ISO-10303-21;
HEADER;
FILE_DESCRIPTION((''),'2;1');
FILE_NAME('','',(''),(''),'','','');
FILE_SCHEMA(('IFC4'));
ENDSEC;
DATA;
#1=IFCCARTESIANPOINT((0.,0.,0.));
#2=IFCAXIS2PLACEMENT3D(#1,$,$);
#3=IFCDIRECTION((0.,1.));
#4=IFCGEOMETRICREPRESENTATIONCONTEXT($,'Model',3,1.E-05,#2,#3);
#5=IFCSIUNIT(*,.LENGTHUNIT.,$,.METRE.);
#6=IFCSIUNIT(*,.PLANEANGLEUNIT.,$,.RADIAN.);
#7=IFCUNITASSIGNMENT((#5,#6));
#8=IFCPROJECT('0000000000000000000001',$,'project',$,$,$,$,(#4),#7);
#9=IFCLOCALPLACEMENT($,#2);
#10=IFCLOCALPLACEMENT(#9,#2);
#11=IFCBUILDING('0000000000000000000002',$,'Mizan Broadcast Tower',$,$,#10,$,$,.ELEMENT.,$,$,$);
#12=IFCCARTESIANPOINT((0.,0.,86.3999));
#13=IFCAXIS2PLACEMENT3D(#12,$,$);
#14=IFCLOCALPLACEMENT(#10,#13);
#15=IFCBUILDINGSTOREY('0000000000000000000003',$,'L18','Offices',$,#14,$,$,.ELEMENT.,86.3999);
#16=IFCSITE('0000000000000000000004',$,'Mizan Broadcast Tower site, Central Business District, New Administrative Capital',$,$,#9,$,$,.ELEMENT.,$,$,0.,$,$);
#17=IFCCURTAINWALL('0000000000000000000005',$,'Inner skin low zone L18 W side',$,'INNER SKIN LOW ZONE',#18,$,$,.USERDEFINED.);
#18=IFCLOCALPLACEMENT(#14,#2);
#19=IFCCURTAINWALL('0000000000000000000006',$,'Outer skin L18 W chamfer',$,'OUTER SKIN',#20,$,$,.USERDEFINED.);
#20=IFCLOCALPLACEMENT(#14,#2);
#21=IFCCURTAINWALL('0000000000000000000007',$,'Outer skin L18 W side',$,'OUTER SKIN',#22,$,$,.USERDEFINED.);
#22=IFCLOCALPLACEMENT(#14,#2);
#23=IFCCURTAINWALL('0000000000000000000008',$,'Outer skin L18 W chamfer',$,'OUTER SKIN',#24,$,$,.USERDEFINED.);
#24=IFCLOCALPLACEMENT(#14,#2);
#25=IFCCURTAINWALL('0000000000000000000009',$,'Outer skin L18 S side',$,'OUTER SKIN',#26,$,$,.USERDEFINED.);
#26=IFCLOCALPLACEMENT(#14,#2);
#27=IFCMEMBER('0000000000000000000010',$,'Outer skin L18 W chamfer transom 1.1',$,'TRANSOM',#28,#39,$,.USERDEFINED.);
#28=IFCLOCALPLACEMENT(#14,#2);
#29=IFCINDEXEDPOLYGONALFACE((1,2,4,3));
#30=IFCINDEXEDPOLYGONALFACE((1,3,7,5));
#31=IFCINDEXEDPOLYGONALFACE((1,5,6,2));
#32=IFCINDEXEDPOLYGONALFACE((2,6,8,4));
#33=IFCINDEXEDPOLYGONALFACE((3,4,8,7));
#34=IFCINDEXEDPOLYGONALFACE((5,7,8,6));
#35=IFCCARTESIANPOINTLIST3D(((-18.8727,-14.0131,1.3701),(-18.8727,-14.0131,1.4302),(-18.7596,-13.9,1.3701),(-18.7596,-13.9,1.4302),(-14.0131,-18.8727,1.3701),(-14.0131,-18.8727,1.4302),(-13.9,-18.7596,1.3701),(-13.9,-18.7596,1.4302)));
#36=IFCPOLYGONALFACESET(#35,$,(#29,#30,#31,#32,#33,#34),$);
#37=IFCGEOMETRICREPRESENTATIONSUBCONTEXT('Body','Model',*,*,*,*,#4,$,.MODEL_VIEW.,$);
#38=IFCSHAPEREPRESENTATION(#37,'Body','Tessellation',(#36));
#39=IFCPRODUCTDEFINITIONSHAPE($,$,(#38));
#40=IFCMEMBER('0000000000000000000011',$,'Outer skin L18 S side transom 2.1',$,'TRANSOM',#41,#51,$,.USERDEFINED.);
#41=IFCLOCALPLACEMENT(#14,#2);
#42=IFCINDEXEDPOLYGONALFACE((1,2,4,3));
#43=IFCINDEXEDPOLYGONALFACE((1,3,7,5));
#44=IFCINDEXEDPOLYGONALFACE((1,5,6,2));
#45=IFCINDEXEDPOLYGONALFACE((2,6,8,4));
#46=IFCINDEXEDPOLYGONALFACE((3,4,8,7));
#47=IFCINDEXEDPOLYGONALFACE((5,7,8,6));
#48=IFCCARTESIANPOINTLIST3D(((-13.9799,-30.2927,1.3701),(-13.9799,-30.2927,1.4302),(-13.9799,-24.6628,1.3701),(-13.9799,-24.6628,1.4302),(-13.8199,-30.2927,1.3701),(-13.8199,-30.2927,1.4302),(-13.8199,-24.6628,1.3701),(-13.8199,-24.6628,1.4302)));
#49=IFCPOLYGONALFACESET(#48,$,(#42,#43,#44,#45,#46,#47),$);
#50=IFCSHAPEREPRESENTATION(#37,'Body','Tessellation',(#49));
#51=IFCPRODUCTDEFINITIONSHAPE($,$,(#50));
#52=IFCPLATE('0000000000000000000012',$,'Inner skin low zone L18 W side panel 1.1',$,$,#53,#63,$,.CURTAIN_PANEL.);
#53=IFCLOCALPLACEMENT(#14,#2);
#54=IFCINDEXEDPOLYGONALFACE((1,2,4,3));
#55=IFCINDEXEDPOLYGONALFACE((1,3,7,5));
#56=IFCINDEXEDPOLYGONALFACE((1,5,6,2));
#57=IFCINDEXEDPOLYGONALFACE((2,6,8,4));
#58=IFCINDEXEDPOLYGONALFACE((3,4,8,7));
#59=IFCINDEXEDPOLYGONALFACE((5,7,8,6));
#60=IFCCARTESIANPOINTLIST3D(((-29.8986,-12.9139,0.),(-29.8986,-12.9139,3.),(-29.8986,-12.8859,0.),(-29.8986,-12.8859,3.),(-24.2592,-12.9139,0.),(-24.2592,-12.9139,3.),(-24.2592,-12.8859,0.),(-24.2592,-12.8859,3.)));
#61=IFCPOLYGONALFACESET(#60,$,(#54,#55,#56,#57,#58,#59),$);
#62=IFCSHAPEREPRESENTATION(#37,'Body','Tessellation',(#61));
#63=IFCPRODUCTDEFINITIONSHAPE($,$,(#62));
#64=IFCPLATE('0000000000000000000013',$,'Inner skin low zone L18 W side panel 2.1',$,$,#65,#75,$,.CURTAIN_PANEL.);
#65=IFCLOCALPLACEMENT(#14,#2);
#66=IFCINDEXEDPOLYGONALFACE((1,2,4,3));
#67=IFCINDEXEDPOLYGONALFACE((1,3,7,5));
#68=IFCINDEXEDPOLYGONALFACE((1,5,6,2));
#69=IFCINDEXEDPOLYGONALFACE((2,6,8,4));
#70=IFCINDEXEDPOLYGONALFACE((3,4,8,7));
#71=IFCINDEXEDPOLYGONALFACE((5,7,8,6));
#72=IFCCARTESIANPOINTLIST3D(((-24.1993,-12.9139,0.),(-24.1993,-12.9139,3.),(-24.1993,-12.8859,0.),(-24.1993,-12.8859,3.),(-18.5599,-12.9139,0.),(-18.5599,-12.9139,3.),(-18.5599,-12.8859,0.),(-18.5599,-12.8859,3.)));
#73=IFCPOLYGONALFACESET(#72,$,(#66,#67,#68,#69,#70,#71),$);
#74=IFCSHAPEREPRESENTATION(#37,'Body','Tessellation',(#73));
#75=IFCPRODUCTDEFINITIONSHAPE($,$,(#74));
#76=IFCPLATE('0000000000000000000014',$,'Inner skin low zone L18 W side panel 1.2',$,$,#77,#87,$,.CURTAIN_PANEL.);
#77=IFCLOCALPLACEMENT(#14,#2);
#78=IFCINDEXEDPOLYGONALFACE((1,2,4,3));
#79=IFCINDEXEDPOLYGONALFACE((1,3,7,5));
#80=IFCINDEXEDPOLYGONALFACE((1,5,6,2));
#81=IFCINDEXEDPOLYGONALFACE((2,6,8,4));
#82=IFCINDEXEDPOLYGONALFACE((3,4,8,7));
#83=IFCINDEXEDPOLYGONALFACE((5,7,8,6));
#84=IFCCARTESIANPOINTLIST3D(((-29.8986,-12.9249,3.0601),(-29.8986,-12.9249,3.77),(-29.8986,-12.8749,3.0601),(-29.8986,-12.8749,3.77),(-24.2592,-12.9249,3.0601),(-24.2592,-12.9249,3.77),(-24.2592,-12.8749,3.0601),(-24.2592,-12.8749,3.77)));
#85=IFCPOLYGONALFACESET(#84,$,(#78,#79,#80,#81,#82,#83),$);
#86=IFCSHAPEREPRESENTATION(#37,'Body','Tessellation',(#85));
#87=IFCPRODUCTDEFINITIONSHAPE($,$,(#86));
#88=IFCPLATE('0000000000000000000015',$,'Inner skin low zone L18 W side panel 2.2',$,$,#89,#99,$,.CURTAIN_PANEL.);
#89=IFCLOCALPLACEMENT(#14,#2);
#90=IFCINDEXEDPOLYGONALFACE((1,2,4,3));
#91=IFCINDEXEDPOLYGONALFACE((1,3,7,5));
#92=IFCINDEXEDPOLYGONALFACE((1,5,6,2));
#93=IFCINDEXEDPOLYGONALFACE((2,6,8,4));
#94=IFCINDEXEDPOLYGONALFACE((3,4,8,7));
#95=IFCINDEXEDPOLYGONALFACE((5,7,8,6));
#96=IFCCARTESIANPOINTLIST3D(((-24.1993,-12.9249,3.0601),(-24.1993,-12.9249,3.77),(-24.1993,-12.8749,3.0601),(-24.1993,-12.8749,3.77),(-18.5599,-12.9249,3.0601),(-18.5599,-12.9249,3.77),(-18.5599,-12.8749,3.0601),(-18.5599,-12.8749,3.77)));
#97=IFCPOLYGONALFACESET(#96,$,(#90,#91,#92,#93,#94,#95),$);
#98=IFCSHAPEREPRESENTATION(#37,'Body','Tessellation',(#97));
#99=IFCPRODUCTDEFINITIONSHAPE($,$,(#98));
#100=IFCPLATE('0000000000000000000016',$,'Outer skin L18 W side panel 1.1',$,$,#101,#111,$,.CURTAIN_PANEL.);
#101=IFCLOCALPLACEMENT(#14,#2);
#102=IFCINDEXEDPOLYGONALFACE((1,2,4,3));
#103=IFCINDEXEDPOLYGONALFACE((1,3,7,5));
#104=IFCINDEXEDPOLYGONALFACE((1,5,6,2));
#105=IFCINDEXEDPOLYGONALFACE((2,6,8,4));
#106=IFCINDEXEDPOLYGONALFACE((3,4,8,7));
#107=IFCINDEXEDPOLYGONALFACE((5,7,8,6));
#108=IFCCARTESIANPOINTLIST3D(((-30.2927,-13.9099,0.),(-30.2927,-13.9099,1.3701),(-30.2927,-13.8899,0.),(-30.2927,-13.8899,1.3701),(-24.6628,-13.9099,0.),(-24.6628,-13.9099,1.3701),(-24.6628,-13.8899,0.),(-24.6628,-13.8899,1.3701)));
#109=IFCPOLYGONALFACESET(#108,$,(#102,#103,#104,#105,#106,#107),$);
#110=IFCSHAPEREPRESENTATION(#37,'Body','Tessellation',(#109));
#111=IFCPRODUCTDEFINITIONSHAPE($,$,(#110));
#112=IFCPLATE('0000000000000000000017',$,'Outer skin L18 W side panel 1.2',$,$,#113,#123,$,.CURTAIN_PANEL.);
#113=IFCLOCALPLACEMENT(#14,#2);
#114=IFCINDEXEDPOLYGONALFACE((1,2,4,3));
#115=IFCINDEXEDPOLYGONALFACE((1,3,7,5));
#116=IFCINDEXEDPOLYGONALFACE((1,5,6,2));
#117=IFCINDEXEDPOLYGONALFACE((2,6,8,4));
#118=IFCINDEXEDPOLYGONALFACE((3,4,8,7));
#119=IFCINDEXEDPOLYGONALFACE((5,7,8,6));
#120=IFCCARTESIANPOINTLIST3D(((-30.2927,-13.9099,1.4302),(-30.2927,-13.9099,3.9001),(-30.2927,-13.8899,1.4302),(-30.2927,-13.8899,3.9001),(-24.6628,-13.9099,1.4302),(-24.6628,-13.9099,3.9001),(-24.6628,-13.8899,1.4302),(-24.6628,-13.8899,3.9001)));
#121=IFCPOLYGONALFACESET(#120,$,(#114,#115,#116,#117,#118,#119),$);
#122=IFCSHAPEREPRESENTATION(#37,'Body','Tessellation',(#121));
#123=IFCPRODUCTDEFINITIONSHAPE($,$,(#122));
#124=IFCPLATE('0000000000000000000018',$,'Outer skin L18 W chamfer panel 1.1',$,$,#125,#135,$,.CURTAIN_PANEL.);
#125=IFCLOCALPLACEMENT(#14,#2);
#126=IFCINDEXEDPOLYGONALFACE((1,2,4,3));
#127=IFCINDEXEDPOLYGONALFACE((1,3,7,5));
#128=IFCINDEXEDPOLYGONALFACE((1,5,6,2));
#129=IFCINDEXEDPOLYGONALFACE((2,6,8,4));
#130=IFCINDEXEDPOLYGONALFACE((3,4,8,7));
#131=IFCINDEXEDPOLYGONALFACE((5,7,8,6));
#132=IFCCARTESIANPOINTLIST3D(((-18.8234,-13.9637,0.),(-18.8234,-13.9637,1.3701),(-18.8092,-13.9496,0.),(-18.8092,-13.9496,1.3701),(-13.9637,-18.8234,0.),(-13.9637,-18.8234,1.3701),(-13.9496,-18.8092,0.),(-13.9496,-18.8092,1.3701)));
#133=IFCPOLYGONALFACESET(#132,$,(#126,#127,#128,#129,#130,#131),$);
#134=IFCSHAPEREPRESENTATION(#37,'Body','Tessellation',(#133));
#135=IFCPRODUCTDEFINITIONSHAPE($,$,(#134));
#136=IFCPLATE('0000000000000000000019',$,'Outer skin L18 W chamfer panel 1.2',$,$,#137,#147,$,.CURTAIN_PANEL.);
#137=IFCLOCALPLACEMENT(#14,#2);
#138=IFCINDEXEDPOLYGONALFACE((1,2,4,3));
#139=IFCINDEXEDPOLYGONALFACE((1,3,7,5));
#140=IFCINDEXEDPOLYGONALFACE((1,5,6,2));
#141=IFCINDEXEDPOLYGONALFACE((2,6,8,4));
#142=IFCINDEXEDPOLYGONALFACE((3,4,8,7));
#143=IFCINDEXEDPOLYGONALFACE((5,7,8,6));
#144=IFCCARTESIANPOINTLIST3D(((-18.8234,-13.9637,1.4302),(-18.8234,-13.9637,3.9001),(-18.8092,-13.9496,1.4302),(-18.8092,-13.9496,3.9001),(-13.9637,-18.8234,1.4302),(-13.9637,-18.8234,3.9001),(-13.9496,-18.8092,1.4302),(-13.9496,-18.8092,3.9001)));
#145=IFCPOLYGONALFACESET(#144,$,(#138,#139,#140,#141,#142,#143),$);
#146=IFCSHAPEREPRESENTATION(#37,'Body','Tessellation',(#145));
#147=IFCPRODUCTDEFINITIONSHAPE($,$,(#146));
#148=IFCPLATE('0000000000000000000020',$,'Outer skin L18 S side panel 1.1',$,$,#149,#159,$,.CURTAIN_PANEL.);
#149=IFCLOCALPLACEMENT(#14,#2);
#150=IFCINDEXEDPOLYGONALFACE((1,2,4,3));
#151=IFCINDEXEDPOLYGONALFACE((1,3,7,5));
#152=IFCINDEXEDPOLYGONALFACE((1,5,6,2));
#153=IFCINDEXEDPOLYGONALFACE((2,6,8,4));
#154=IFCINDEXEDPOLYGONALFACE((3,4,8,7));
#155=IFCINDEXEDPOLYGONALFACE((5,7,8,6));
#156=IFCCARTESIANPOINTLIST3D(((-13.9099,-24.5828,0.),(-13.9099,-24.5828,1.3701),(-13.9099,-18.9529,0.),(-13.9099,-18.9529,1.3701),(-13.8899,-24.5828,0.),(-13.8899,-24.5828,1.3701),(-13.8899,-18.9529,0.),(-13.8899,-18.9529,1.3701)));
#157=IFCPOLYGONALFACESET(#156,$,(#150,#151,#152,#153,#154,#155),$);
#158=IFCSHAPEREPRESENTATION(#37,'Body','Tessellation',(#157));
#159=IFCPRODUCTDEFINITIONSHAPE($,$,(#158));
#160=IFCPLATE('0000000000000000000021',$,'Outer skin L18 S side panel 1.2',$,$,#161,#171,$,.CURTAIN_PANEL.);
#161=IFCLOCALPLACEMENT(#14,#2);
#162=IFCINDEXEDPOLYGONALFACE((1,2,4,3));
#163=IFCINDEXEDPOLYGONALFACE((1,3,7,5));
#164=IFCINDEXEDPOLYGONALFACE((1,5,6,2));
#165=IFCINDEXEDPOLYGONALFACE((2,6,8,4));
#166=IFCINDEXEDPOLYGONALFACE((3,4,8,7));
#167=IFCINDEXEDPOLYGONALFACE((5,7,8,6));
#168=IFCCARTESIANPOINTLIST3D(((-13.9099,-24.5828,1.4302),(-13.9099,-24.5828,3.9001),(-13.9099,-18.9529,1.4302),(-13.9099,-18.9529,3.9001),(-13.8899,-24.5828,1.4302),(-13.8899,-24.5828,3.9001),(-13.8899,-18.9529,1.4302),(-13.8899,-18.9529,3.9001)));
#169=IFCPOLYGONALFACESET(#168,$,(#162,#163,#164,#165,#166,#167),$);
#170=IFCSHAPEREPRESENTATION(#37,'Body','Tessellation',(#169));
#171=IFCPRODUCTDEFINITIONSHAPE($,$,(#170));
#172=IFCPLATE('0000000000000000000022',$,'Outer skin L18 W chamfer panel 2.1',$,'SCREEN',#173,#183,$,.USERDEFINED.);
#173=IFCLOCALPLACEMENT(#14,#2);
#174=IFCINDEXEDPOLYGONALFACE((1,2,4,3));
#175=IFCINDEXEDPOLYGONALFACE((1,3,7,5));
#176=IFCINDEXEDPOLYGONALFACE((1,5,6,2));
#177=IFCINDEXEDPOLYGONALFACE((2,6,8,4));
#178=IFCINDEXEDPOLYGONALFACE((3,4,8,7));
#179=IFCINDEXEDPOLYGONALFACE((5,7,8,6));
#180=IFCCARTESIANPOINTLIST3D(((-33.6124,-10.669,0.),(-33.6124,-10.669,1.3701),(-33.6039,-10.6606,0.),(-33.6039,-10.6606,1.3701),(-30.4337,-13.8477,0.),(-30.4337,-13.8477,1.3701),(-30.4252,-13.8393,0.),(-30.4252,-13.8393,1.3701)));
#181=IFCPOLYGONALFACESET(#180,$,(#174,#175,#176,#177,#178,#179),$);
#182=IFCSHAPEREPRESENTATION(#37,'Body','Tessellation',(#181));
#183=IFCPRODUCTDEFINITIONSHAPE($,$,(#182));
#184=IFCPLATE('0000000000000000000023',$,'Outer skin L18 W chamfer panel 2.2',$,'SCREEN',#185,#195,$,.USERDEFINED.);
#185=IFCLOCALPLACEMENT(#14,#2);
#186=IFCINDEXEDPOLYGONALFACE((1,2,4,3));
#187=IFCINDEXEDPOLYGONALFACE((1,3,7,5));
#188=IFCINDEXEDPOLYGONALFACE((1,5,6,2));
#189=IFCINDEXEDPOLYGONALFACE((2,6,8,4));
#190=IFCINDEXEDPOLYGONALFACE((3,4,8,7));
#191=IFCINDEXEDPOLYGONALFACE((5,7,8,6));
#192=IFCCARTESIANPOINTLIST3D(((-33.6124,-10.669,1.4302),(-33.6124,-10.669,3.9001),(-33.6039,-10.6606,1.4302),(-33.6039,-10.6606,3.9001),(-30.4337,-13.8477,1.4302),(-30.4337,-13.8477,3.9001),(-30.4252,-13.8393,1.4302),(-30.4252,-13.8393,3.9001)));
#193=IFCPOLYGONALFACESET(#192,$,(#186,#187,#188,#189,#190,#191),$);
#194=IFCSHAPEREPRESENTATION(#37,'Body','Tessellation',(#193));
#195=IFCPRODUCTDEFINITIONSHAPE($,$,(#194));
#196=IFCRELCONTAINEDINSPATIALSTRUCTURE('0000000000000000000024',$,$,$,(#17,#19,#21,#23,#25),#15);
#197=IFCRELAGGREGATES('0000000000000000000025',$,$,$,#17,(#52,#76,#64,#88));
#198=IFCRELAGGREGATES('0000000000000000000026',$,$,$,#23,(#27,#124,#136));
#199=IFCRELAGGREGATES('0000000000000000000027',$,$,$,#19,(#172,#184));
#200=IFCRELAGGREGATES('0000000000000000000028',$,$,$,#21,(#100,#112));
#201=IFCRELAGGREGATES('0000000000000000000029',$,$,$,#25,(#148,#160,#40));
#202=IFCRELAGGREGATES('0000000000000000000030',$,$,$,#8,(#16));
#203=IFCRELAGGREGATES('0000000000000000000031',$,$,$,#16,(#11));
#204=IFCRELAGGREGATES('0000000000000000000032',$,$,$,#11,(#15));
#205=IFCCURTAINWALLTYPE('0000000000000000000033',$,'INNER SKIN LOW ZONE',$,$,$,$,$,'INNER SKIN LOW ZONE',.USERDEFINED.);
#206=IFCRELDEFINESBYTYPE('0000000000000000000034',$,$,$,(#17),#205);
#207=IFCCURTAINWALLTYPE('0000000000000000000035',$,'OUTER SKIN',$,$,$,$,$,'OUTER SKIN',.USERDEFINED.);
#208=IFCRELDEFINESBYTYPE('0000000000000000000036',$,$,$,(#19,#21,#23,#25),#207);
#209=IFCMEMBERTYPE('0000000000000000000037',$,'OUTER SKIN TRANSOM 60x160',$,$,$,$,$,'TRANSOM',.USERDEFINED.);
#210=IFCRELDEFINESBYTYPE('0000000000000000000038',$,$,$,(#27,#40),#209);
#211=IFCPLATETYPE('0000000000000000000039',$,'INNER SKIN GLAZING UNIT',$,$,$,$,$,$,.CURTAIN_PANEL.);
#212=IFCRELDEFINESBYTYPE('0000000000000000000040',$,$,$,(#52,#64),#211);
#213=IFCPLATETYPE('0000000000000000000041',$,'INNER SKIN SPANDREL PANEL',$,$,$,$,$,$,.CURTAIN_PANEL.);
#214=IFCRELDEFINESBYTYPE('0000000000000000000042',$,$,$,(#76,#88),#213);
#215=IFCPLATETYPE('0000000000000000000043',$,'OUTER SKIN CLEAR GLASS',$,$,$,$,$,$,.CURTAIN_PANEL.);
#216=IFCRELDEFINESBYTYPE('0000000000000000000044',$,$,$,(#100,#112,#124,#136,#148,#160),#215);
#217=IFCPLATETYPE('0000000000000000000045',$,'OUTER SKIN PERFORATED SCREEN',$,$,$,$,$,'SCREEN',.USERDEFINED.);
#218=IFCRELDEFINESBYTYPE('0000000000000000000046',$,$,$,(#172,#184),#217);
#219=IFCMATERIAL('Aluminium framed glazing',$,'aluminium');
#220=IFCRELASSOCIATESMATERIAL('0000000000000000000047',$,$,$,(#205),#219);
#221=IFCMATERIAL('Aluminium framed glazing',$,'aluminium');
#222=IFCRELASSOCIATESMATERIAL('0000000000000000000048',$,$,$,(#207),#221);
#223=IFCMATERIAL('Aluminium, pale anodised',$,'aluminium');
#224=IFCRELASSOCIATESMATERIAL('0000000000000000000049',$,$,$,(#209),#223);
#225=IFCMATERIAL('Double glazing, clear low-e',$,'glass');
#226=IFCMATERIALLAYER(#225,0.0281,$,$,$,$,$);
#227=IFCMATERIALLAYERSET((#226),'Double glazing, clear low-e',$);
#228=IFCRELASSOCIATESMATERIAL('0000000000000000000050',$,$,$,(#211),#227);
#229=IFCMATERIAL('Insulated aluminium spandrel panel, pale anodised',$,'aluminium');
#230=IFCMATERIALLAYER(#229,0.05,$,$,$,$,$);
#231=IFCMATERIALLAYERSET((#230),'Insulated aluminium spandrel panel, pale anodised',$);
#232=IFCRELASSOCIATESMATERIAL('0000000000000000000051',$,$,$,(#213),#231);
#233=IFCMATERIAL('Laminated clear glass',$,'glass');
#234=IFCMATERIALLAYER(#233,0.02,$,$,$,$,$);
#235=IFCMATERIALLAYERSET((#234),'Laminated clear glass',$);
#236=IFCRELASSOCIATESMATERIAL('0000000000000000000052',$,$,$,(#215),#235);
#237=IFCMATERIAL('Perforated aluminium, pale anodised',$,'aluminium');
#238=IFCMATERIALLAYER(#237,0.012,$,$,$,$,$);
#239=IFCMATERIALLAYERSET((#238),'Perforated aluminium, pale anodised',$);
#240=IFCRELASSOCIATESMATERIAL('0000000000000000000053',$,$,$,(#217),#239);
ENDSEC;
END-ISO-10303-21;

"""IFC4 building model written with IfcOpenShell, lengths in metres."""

from ifc_helpers import new_model, si_unit, direction, frame, origin, origin_2d, place, context, subcontext, project, spatial, rectangle, extrude, material, layer, layer_set, material_profile, profile_set, type_object, element, aggregate, save


model = new_model("IFC4")

# Units and contexts
model_context = context("Model", 3, precision=1e-05, world=origin(), true_north=direction((0.0, 1.0)))
body_context = subcontext(model_context, "Body", "Model", "MODEL_VIEW")
ifc_project = project(units=[si_unit("LENGTHUNIT", "METRE"), si_unit("PLANEANGLEUNIT", "RADIAN")], contexts=[model_context])

# Site, building, storey
site_placement = place(None, origin())
site = spatial("IfcSite", under=ifc_project, at=site_placement, Name="Mizan Broadcast Tower site, Central Business District, New Administrative Capital", CompositionType="ELEMENT", RefElevation=0.0)
building_placement = place(site_placement, origin())
building = spatial("IfcBuilding", under=site, at=building_placement, Name="Mizan Broadcast Tower", CompositionType="ELEMENT")
storey_placement = place(building_placement, frame((0.0, 0.0, 86.3999)))
storey = spatial("IfcBuildingStorey", under=building, at=storey_placement, Name="L18", Description="Offices", CompositionType="ELEMENT", Elevation=86.3999)

# Shared definitions
ifc_material_1 = material(Name="Aluminium framed glazing", Category="aluminium")
curtain_wall_type_1 = type_object("IfcCurtainWallType", Name="INNER SKIN LOW ZONE", ElementType="INNER SKIN LOW ZONE", PredefinedType="USERDEFINED", material=ifc_material_1)

# Curtain wall
curtain_wall_1_placement = place(storey_placement, origin())
curtain_wall_1 = element("IfcCurtainWall", 1, at=curtain_wall_1_placement, inside=storey, type_object=curtain_wall_type_1, Name="Inner skin low zone L18 W side", ObjectType="INNER SKIN LOW ZONE", PredefinedType="USERDEFINED")

# Curtain wall
ifc_material_2 = material(Name="Aluminium framed glazing", Category="aluminium")
curtain_wall_type_2 = type_object("IfcCurtainWallType", Name="OUTER SKIN", ElementType="OUTER SKIN", PredefinedType="USERDEFINED", material=ifc_material_2)
curtain_wall_2_placement = place(storey_placement, origin())
curtain_wall_2 = element("IfcCurtainWall", 2, at=curtain_wall_2_placement, inside=storey, type_object=curtain_wall_type_2, Name="Outer skin L18 W chamfer", ObjectType="OUTER SKIN", PredefinedType="USERDEFINED")

# Curtain wall
curtain_wall_3_placement = place(storey_placement, origin())
curtain_wall_3 = element("IfcCurtainWall", 3, at=curtain_wall_3_placement, inside=storey, type_object=curtain_wall_type_2, Name="Outer skin L18 W side", ObjectType="OUTER SKIN", PredefinedType="USERDEFINED")

# Curtain wall
curtain_wall_4_placement = place(storey_placement, origin())
curtain_wall_4 = element("IfcCurtainWall", 4, at=curtain_wall_4_placement, inside=storey, type_object=curtain_wall_type_2, Name="Outer skin L18 W chamfer", ObjectType="OUTER SKIN", PredefinedType="USERDEFINED")

# Curtain wall
curtain_wall_5_placement = place(storey_placement, origin())
curtain_wall_5 = element("IfcCurtainWall", 5, at=curtain_wall_5_placement, inside=storey, type_object=curtain_wall_type_2, Name="Outer skin L18 S side", ObjectType="OUTER SKIN", PredefinedType="USERDEFINED")

# Members
ifc_material_3 = material(Name="Aluminium, pale anodised", Category="aluminium")
ifc_material_profile_1 = material_profile(ifc_material_3, rectangle(XDim=0.1599, YDim=0.0601, at=origin_2d()), Name="TRANSOM 160x60")
ifc_profile_set_1 = profile_set([ifc_material_profile_1], Name="Aluminium, pale anodised")
member_type_1 = type_object("IfcMemberType", Name="OUTER SKIN TRANSOM 60x160", ElementType="TRANSOM", PredefinedType="USERDEFINED", material=ifc_profile_set_1)
member_1_placement = place(storey_placement, frame((-18.8162, -13.9565, 1.4001), z_axis=(0.707107, -0.707107, 0.0), x_axis=(0.707107, 0.707107, 0.0)))
member_1 = element("IfcMember", 6, at=member_1_placement, type_object=member_type_1, Name="Outer skin L18 W chamfer transom 1.1", ObjectType="TRANSOM", PredefinedType="USERDEFINED", context=body_context, shape_type="SweptSolid", body=[
    extrude(rectangle(XDim=0.1599, YDim=0.0601, at=origin_2d()), origin(), (0.0, 0.0, 1.0), 6.8726),
])
member_2_placement = place(storey_placement, frame((-13.8999, -24.6628, 1.4001), z_axis=(0.0, -1.0, 0.0), x_axis=(1.0, 0.0, 0.0)))
member_2 = element("IfcMember", 7, at=member_2_placement, type_object=member_type_1, Name="Outer skin L18 S side transom 2.1", ObjectType="TRANSOM", PredefinedType="USERDEFINED", context=body_context, shape_type="SweptSolid", body=[
    extrude(rectangle(XDim=0.1599, YDim=0.0601, at=origin_2d()), origin(), (0.0, 0.0, 1.0), 5.6299),
])

# Plates
ifc_material_4 = material(Name="Double glazing, clear low-e", Category="glass")
ifc_layer_1 = layer(ifc_material_4, 0.0281)
ifc_layer_set_1 = layer_set([ifc_layer_1], Name="Double glazing, clear low-e")
plate_type_1 = type_object("IfcPlateType", Name="INNER SKIN GLAZING UNIT", PredefinedType="CURTAIN_PANEL", material=ifc_layer_set_1)
plate_1_placement = place(storey_placement, frame((-27.0789, -12.8999, 0.0), z_axis=(0.0, 0.0, 1.0), x_axis=(1.0, 0.0, 0.0)))
plate_1 = element("IfcPlate", 8, at=plate_1_placement, type_object=plate_type_1, Name="Inner skin low zone L18 W side panel 1.1", PredefinedType="CURTAIN_PANEL", context=body_context, shape_type="SweptSolid", body=[
    extrude(rectangle(XDim=5.6394, YDim=0.0281, at=origin_2d()), origin(), (0.0, 0.0, 1.0), 3.0),
])
plate_2_placement = place(storey_placement, frame((-21.3796, -12.8999, 0.0), z_axis=(0.0, 0.0, 1.0), x_axis=(1.0, 0.0, 0.0)))
plate_2 = element("IfcPlate", 9, at=plate_2_placement, type_object=plate_type_1, Name="Inner skin low zone L18 W side panel 2.1", PredefinedType="CURTAIN_PANEL", context=body_context, shape_type="SweptSolid", body=[
    extrude(rectangle(XDim=5.6394, YDim=0.0281, at=origin_2d()), origin(), (0.0, 0.0, 1.0), 3.0),
])
ifc_material_5 = material(Name="Insulated aluminium spandrel panel, pale anodised", Category="aluminium")
ifc_layer_2 = layer(ifc_material_5, 0.05)
ifc_layer_set_2 = layer_set([ifc_layer_2], Name="Insulated aluminium spandrel panel, pale anodised")
plate_type_2 = type_object("IfcPlateType", Name="INNER SKIN SPANDREL PANEL", PredefinedType="CURTAIN_PANEL", material=ifc_layer_set_2)
plate_3_placement = place(storey_placement, frame((-27.0789, -12.8999, 3.0601), z_axis=(0.0, 0.0, 1.0), x_axis=(1.0, 0.0, 0.0)))
plate_3 = element("IfcPlate", 10, at=plate_3_placement, type_object=plate_type_2, Name="Inner skin low zone L18 W side panel 1.2", PredefinedType="CURTAIN_PANEL", context=body_context, shape_type="SweptSolid", body=[
    extrude(rectangle(XDim=5.6394, YDim=0.05, at=origin_2d()), origin(), (0.0, 0.0, 1.0), 0.71),
])
plate_4_placement = place(storey_placement, frame((-21.3796, -12.8999, 3.0601), z_axis=(0.0, 0.0, 1.0), x_axis=(1.0, 0.0, 0.0)))
plate_4 = element("IfcPlate", 11, at=plate_4_placement, type_object=plate_type_2, Name="Inner skin low zone L18 W side panel 2.2", PredefinedType="CURTAIN_PANEL", context=body_context, shape_type="SweptSolid", body=[
    extrude(rectangle(XDim=5.6394, YDim=0.05, at=origin_2d()), origin(), (0.0, 0.0, 1.0), 0.71),
])
aggregate(curtain_wall_1, [plate_1, plate_3, plate_2, plate_4])
ifc_material_6 = material(Name="Laminated clear glass", Category="glass")
ifc_layer_3 = layer(ifc_material_6, 0.02)
ifc_layer_set_3 = layer_set([ifc_layer_3], Name="Laminated clear glass")
plate_type_3 = type_object("IfcPlateType", Name="OUTER SKIN CLEAR GLASS", PredefinedType="CURTAIN_PANEL", material=ifc_layer_set_3)
plate_5_placement = place(storey_placement, frame((-27.4778, -13.8999, 0.0), z_axis=(0.0, 0.0, 1.0), x_axis=(1.0, 0.0, 0.0)))
plate_5 = element("IfcPlate", 12, at=plate_5_placement, type_object=plate_type_3, Name="Outer skin L18 W side panel 1.1", PredefinedType="CURTAIN_PANEL", context=body_context, shape_type="SweptSolid", body=[
    extrude(rectangle(XDim=5.6299, YDim=0.02, at=origin_2d()), origin(), (0.0, 0.0, 1.0), 1.3701),
])
plate_6_placement = place(storey_placement, frame((-27.4778, -13.8999, 1.4302), z_axis=(0.0, 0.0, 1.0), x_axis=(1.0, 0.0, 0.0)))
plate_6 = element("IfcPlate", 13, at=plate_6_placement, type_object=plate_type_3, Name="Outer skin L18 W side panel 1.2", PredefinedType="CURTAIN_PANEL", context=body_context, shape_type="SweptSolid", body=[
    extrude(rectangle(XDim=5.6299, YDim=0.02, at=origin_2d()), origin(), (0.0, 0.0, 1.0), 2.47),
])
plate_7_placement = place(storey_placement, frame((-16.3865, -16.3865, 0.0), z_axis=(0.0, 0.0, 1.0), x_axis=(0.707107, -0.707107, 0.0)))
plate_7 = element("IfcPlate", 14, at=plate_7_placement, type_object=plate_type_3, Name="Outer skin L18 W chamfer panel 1.1", PredefinedType="CURTAIN_PANEL", context=body_context, shape_type="SweptSolid", body=[
    extrude(rectangle(XDim=6.8726, YDim=0.02, at=origin_2d()), origin(), (0.0, 0.0, 1.0), 1.3701),
])
plate_8_placement = place(storey_placement, frame((-16.3865, -16.3865, 1.4302), z_axis=(0.0, 0.0, 1.0), x_axis=(0.707107, -0.707107, 0.0)))
plate_8 = element("IfcPlate", 15, at=plate_8_placement, type_object=plate_type_3, Name="Outer skin L18 W chamfer panel 1.2", PredefinedType="CURTAIN_PANEL", context=body_context, shape_type="SweptSolid", body=[
    extrude(rectangle(XDim=6.8726, YDim=0.02, at=origin_2d()), origin(), (0.0, 0.0, 1.0), 2.47),
])
aggregate(curtain_wall_4, [member_1, plate_7, plate_8])
plate_9_placement = place(storey_placement, frame((-13.8999, -21.7678, 0.0), z_axis=(0.0, 0.0, 1.0), x_axis=(0.0, -1.0, 0.0)))
plate_9 = element("IfcPlate", 16, at=plate_9_placement, type_object=plate_type_3, Name="Outer skin L18 S side panel 1.1", PredefinedType="CURTAIN_PANEL", context=body_context, shape_type="SweptSolid", body=[
    extrude(rectangle(XDim=5.6299, YDim=0.02, at=origin_2d()), origin(), (0.0, 0.0, 1.0), 1.3701),
])
plate_10_placement = place(storey_placement, frame((-13.8999, -21.7678, 1.4302), z_axis=(0.0, 0.0, 1.0), x_axis=(0.0, -1.0, 0.0)))
plate_10 = element("IfcPlate", 17, at=plate_10_placement, type_object=plate_type_3, Name="Outer skin L18 S side panel 1.2", PredefinedType="CURTAIN_PANEL", context=body_context, shape_type="SweptSolid", body=[
    extrude(rectangle(XDim=5.6299, YDim=0.02, at=origin_2d()), origin(), (0.0, 0.0, 1.0), 2.47),
])
ifc_material_7 = material(Name="Perforated aluminium, pale anodised", Category="aluminium")
ifc_layer_4 = layer(ifc_material_7, 0.012)
ifc_layer_set_4 = layer_set([ifc_layer_4], Name="Perforated aluminium, pale anodised")
plate_type_4 = type_object("IfcPlateType", Name="OUTER SKIN PERFORATED SCREEN", ElementType="SCREEN", PredefinedType="USERDEFINED", material=ifc_layer_set_4)
plate_11_placement = place(storey_placement, frame((-32.0188, -12.2542, 0.0), z_axis=(0.0, 0.0, 1.0), x_axis=(0.707107, -0.707107, 0.0)))
plate_11 = element("IfcPlate", 18, at=plate_11_placement, type_object=plate_type_4, Name="Outer skin L18 W chamfer panel 2.1", ObjectType="SCREEN", PredefinedType="USERDEFINED", context=body_context, shape_type="SweptSolid", body=[
    extrude(rectangle(XDim=4.4954, YDim=0.012, at=origin_2d()), origin(), (0.0, 0.0, 1.0), 1.3701),
])
plate_12_placement = place(storey_placement, frame((-32.0188, -12.2542, 1.4302), z_axis=(0.0, 0.0, 1.0), x_axis=(0.707107, -0.707107, 0.0)))
plate_12 = element("IfcPlate", 19, at=plate_12_placement, type_object=plate_type_4, Name="Outer skin L18 W chamfer panel 2.2", ObjectType="SCREEN", PredefinedType="USERDEFINED", context=body_context, shape_type="SweptSolid", body=[
    extrude(rectangle(XDim=4.4954, YDim=0.012, at=origin_2d()), origin(), (0.0, 0.0, 1.0), 2.47),
])
aggregate(curtain_wall_2, [plate_11, plate_12])
aggregate(curtain_wall_3, [plate_5, plate_6])
aggregate(curtain_wall_5, [plate_9, plate_10, member_2])

save(model, "model.ifc")
